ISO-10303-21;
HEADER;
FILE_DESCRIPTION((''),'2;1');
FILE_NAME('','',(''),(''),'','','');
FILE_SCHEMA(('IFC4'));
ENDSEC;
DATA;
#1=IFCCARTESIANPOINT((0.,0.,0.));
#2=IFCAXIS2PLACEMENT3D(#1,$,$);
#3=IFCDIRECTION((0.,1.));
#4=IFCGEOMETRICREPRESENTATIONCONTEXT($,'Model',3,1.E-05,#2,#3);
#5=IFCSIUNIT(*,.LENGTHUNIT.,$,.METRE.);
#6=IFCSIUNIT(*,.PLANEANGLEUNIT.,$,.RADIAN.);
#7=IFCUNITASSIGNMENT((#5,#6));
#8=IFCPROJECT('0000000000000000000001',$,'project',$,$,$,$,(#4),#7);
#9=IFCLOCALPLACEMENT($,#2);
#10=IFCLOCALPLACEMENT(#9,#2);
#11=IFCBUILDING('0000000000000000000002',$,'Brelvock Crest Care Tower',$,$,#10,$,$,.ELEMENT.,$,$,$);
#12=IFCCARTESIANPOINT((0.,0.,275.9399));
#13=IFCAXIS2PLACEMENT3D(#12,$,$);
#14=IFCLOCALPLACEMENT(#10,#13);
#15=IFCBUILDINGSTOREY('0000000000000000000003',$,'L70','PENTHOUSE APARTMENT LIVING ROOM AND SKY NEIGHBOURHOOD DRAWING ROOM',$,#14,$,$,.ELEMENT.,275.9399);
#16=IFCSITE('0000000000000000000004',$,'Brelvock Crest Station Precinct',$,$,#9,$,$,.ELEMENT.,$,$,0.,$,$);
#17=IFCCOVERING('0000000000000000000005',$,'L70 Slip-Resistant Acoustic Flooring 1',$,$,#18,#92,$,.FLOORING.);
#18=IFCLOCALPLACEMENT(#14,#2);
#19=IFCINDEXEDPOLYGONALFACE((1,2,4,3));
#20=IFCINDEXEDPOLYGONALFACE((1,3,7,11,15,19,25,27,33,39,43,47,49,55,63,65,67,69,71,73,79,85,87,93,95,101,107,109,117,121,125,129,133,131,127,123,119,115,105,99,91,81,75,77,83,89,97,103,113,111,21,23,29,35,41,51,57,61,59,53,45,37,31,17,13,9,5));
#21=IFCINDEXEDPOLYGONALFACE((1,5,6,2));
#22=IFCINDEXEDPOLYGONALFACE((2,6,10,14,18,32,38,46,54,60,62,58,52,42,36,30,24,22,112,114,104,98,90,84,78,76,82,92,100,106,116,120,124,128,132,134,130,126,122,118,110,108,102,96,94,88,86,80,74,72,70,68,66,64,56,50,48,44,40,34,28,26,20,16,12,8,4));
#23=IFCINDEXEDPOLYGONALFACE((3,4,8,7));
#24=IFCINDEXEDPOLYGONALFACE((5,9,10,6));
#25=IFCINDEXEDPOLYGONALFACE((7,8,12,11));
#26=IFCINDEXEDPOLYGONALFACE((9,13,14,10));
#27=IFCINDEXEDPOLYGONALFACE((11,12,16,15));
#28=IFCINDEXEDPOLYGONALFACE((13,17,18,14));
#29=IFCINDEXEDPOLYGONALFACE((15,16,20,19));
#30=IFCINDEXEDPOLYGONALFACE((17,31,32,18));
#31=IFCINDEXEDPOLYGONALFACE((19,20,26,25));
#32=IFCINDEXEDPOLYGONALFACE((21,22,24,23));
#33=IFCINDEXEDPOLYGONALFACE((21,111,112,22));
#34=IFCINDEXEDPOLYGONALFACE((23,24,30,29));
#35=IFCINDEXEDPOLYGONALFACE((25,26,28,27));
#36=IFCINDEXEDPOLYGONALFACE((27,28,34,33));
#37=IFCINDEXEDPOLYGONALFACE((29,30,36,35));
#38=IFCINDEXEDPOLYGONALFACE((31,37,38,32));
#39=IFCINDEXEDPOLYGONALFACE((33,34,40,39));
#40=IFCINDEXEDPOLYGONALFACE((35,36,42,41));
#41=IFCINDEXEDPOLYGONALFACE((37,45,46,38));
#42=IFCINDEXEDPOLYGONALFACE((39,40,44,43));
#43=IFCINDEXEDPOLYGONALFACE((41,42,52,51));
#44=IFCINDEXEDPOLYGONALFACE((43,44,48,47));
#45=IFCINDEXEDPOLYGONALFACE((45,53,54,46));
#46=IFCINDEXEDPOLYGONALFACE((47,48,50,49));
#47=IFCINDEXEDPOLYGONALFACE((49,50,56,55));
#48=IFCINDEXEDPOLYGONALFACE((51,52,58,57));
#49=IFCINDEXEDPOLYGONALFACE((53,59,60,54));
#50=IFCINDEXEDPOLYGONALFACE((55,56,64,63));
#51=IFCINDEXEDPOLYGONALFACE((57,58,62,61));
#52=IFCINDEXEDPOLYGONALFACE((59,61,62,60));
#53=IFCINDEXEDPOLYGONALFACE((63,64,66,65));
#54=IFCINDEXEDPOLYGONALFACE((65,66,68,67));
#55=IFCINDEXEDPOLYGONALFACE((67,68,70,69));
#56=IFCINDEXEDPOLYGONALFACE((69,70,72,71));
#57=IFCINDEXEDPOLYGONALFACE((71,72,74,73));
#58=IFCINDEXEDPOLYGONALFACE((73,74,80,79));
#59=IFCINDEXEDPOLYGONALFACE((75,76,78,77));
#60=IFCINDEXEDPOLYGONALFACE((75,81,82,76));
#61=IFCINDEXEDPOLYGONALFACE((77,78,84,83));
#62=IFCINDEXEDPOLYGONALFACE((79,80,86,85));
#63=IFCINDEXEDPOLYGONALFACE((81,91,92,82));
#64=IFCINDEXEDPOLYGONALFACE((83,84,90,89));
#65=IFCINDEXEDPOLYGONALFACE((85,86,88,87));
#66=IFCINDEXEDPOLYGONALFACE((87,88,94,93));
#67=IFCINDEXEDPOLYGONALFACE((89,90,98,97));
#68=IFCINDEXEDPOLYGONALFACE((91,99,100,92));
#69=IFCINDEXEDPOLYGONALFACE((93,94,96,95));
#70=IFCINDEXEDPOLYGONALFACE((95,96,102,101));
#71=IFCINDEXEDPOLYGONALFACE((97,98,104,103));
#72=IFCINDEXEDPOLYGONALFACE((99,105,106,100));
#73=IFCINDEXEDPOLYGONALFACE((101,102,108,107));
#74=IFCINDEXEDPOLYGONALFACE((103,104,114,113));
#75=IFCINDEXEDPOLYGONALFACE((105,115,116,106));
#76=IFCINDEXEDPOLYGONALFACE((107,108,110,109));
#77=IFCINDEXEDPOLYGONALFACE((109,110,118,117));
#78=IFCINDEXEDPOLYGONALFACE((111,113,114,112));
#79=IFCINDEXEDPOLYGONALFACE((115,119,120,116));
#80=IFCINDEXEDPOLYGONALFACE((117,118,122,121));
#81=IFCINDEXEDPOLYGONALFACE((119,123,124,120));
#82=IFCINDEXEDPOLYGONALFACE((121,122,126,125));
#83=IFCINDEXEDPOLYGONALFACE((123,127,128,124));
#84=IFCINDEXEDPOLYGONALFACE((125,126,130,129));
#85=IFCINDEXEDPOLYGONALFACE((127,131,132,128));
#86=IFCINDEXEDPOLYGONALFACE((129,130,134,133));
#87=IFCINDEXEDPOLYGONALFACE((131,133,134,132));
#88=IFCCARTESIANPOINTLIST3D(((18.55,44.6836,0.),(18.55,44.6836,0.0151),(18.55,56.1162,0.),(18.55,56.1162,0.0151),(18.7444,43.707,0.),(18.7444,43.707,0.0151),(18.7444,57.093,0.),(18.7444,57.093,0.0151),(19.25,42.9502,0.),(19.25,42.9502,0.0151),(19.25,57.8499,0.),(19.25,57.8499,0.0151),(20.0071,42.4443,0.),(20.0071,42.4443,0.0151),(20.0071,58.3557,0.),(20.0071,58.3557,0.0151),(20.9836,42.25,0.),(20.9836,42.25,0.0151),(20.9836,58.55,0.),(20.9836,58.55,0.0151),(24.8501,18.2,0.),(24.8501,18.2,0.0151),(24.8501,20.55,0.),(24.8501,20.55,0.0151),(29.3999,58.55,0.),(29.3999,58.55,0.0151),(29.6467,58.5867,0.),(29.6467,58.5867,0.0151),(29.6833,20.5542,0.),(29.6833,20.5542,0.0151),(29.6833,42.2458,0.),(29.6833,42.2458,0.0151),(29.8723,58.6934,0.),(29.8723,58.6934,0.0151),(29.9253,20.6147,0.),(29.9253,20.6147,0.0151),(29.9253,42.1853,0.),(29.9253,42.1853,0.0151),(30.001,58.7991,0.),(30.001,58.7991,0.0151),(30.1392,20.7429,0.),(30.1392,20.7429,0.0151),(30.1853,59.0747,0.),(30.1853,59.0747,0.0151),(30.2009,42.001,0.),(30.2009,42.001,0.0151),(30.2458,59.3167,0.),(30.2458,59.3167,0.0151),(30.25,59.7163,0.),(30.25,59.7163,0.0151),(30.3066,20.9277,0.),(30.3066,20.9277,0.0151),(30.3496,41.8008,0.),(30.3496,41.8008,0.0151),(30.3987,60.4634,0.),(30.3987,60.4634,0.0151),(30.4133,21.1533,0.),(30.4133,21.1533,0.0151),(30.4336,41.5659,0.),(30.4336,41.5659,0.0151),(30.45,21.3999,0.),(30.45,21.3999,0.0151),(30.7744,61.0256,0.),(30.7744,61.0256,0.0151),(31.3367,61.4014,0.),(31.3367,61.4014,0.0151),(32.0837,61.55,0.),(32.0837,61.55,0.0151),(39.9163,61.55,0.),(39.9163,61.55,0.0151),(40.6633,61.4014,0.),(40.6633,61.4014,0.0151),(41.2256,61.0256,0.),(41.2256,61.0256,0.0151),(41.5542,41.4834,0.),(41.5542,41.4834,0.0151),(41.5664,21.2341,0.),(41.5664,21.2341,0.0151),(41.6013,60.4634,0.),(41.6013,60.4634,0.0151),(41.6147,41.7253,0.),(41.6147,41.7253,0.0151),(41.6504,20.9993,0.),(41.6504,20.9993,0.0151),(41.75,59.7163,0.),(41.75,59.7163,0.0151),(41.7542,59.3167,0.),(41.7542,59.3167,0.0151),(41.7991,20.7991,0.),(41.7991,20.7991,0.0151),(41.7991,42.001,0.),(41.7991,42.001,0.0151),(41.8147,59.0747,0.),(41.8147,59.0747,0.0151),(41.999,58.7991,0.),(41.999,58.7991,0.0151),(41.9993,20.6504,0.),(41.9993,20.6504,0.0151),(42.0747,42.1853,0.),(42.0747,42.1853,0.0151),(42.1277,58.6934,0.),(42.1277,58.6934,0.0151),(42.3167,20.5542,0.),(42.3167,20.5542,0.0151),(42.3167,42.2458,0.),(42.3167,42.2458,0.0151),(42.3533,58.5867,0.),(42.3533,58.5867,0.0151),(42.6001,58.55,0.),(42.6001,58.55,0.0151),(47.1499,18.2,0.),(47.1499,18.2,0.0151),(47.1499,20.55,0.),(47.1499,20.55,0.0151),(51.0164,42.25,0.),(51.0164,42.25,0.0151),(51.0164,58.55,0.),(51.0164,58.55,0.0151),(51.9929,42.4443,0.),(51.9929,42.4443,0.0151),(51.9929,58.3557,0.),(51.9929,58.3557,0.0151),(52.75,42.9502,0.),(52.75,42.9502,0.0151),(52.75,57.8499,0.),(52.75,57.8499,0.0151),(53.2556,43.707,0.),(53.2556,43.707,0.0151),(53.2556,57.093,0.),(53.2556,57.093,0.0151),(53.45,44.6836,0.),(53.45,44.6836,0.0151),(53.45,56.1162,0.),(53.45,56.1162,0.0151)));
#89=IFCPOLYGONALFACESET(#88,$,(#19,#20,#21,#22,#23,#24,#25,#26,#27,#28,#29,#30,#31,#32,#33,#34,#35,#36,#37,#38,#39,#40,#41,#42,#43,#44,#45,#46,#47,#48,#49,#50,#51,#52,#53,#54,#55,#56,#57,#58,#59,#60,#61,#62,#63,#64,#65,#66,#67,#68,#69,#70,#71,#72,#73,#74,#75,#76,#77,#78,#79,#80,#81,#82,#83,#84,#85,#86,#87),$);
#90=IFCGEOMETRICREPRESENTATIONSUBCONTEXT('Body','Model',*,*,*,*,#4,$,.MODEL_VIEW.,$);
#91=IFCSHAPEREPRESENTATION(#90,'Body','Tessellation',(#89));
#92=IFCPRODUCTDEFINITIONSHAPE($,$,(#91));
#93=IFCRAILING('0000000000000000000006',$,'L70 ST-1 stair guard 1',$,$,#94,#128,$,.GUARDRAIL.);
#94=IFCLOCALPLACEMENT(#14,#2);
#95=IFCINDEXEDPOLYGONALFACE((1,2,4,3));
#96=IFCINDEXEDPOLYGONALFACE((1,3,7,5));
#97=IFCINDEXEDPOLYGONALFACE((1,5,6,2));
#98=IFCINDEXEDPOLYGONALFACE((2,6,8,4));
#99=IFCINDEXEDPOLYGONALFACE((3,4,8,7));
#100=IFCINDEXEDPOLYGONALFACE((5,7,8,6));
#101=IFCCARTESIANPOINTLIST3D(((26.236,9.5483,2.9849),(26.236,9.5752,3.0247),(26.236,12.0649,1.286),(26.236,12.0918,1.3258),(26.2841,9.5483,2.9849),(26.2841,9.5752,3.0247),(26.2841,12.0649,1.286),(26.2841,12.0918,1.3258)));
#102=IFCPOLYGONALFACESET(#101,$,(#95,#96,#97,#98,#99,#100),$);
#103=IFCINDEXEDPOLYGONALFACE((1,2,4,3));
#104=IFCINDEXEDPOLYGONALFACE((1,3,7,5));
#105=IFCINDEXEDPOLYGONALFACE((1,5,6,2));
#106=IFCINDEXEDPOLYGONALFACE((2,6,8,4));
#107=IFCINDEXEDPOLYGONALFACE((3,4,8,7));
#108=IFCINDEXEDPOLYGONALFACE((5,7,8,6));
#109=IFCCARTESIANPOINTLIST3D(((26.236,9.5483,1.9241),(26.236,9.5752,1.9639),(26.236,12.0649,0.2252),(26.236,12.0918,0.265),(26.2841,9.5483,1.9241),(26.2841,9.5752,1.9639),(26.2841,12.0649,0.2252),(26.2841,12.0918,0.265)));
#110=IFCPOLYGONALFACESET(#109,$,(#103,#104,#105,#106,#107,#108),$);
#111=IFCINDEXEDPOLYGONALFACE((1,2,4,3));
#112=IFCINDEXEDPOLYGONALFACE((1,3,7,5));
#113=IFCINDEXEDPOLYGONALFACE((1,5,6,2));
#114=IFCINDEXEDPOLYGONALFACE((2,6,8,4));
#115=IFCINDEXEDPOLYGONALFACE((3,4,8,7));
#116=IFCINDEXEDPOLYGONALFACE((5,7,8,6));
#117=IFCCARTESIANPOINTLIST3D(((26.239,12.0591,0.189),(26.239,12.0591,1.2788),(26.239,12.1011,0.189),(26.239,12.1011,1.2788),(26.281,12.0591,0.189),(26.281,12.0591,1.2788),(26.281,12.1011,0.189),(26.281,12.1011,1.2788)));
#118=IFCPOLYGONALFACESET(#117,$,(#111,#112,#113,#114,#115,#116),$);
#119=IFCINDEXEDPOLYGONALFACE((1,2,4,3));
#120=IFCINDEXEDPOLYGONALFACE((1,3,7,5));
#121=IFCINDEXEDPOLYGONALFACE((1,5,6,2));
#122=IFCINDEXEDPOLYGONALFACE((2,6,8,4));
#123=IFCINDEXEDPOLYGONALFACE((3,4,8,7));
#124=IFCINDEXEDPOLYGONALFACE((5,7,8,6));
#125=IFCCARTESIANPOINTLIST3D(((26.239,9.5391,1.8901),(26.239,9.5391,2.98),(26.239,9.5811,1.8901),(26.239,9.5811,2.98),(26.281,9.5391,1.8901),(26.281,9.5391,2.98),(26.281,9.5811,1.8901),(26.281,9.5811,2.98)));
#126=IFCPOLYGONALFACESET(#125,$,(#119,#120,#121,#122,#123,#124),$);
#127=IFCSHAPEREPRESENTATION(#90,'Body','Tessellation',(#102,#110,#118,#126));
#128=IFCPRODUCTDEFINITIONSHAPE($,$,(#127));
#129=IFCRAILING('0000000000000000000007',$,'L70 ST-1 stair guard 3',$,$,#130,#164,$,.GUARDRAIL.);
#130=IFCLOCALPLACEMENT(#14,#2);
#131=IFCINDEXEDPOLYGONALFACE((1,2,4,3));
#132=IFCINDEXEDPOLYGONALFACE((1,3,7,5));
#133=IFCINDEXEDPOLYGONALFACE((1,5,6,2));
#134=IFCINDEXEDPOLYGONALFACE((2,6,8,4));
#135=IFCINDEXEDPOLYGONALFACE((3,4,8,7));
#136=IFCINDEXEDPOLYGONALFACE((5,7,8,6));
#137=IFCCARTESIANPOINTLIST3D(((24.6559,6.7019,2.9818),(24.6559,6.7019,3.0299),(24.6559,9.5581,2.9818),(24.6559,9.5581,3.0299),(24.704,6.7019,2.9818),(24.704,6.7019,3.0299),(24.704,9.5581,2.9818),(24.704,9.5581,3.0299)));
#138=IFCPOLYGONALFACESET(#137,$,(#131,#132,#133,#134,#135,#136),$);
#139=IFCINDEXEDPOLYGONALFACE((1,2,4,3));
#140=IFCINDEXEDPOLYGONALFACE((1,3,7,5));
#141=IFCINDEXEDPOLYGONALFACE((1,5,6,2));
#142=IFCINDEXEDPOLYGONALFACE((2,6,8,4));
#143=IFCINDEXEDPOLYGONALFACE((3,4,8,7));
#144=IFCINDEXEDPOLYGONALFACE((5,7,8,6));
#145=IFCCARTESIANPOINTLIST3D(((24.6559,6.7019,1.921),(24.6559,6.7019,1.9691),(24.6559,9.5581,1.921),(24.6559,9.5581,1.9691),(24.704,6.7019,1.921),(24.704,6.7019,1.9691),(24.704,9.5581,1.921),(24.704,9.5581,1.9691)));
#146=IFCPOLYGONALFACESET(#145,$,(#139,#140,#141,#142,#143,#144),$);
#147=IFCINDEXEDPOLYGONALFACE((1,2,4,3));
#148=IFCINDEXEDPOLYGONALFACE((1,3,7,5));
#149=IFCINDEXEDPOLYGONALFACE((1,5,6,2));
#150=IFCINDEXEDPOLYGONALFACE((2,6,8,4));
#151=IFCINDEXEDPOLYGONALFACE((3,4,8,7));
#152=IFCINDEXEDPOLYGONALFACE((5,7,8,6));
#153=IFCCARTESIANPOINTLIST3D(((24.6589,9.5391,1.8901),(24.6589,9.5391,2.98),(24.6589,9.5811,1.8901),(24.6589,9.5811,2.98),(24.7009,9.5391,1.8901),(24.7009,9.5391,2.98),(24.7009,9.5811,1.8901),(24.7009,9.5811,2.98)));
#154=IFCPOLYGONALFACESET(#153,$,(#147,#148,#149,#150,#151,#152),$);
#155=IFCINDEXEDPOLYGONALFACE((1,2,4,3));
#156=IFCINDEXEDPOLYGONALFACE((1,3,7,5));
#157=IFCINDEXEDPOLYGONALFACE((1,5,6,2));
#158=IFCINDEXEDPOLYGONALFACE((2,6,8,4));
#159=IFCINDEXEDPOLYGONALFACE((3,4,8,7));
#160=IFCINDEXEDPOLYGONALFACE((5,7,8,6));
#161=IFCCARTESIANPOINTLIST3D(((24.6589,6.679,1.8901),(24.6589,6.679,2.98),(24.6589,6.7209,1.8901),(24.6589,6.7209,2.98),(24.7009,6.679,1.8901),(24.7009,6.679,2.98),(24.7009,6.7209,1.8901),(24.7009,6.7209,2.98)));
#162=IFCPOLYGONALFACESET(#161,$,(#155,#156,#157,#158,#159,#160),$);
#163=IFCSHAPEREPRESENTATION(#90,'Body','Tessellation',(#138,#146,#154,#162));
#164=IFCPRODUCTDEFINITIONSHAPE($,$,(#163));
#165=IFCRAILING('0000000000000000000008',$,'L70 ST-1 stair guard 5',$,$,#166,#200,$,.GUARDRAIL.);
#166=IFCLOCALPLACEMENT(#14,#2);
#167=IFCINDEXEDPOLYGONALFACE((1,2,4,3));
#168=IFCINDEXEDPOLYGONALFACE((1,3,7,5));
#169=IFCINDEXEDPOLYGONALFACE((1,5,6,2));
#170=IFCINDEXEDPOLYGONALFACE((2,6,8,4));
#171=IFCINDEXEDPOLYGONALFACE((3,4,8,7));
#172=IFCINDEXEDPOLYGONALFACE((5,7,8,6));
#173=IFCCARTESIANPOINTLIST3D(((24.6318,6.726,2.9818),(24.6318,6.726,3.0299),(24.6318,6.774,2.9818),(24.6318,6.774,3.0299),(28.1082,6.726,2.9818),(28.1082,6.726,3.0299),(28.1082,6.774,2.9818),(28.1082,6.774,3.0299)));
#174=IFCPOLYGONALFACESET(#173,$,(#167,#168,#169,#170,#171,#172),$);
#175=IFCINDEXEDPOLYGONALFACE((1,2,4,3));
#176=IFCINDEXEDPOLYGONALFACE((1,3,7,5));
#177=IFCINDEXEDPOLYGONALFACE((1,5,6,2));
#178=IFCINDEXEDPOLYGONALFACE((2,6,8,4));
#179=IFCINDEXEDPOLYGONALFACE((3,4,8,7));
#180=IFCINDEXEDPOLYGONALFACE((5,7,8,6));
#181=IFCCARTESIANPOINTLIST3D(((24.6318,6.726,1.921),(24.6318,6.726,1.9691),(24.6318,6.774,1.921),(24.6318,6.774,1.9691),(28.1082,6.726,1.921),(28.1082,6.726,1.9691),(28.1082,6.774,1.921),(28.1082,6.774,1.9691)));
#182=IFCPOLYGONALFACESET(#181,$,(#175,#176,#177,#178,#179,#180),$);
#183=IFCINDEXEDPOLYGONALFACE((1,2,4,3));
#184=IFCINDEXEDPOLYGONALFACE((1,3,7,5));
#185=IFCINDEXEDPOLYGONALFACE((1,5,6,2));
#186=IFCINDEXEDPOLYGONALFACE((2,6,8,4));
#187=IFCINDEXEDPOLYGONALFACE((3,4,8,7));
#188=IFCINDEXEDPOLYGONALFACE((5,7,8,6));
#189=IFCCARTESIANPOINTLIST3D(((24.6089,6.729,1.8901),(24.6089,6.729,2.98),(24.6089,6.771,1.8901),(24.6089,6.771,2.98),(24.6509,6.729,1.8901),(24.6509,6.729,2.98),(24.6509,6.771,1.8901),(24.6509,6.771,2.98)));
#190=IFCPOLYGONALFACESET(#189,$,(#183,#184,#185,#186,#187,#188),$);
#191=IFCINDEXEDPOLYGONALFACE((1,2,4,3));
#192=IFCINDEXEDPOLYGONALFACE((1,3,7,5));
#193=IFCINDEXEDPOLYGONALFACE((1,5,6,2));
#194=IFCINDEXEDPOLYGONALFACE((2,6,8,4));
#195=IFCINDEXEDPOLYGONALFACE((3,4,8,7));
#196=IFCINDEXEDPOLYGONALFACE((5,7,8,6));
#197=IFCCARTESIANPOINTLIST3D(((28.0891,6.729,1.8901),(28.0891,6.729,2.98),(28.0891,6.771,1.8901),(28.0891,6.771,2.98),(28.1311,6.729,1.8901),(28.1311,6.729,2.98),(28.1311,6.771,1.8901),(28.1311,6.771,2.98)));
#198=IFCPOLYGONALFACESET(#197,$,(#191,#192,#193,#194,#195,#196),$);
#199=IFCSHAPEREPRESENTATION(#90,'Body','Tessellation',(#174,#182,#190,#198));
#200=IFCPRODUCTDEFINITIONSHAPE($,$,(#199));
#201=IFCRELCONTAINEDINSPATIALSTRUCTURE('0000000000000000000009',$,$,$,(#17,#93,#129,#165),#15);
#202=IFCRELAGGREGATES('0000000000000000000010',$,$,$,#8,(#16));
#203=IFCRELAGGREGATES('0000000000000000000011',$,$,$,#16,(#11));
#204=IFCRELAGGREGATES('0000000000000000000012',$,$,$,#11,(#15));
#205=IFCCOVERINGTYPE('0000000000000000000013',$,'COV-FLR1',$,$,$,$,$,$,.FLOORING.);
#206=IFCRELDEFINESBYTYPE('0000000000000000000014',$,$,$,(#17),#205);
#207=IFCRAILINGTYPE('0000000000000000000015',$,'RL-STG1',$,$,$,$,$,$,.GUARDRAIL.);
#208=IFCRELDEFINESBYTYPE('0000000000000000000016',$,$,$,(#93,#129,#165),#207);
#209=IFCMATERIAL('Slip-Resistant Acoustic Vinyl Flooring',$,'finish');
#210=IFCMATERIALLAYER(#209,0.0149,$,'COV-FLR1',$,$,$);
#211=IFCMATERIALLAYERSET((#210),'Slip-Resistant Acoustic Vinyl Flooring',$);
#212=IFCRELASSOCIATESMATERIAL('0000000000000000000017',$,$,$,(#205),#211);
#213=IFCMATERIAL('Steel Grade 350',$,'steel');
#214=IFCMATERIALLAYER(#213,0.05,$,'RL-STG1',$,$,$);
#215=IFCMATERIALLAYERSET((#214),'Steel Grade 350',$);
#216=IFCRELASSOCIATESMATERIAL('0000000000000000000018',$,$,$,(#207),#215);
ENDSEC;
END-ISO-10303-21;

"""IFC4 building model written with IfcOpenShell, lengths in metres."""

from ifc_helpers import new_model, si_unit, direction, frame, origin, origin_2d, place, context, subcontext, project, spatial, polyline, rectangle, outline, extrude, material, layer, layer_set, type_object, element, save


model = new_model("IFC4")

# Units and contexts
model_context = context("Model", 3, precision=1e-05, world=origin(), true_north=direction((0.0, 1.0)))
body_context = subcontext(model_context, "Body", "Model", "MODEL_VIEW")
ifc_project = project(units=[si_unit("LENGTHUNIT", "METRE"), si_unit("PLANEANGLEUNIT", "RADIAN")], contexts=[model_context])

# Site, building, storey
site_placement = place(None, origin())
site = spatial("IfcSite", under=ifc_project, at=site_placement, Name="Brelvock Crest Station Precinct", CompositionType="ELEMENT", RefElevation=0.0)
building_placement = place(site_placement, origin())
building = spatial("IfcBuilding", under=site, at=building_placement, Name="Brelvock Crest Care Tower", CompositionType="ELEMENT")
storey_placement = place(building_placement, frame((0.0, 0.0, 275.9399)))
storey = spatial("IfcBuildingStorey", under=building, at=storey_placement, Name="L70", Description="PENTHOUSE APARTMENT LIVING ROOM AND SKY NEIGHBOURHOOD DRAWING ROOM", CompositionType="ELEMENT", Elevation=275.9399)

# Shared definitions
ifc_material_1 = material(Name="Steel Grade 350", Category="steel")

# Covering
ifc_material_2 = material(Name="Slip-Resistant Acoustic Vinyl Flooring", Category="finish")
ifc_layer_1 = layer(ifc_material_2, 0.0149, Name="COV-FLR1")
ifc_layer_set_1 = layer_set([ifc_layer_1], Name="Slip-Resistant Acoustic Vinyl Flooring")
covering_type_1 = type_object("IfcCoveringType", Name="COV-FLR1", PredefinedType="FLOORING", material=ifc_layer_set_1)
covering_1_placement = place(storey_placement, origin())
element("IfcCovering", 1, at=covering_1_placement, inside=storey, type_object=covering_type_1, Name="L70 Slip-Resistant Acoustic Flooring 1", PredefinedType="FLOORING", context=body_context, shape_type="SweptSolid", body=[
    extrude(outline(polyline([(24.8501, 18.2), (47.1499, 18.2), (47.1499, 20.55), (42.3167, 20.5542), (41.9993, 20.6504), (41.7991, 20.7991), (41.6504, 20.9993), (41.5664, 21.2341), (41.5542, 41.4834), (41.6147, 41.7253), (41.7991, 42.001), (42.0747, 42.1853), (42.3167, 42.2458), (51.0164, 42.25), (51.9929, 42.4443), (52.75, 42.9502), (53.2556, 43.707), (53.45, 44.6836), (53.45, 56.1162), (53.2556, 57.093), (52.75, 57.8499), (51.9929, 58.3557), (51.0164, 58.55), (42.6001, 58.55), (42.3533, 58.5867), (42.1277, 58.6934), (41.999, 58.7991), (41.8147, 59.0747), (41.7542, 59.3167), (41.75, 59.7163), (41.6013, 60.4634), (41.2256, 61.0256), (40.6633, 61.4014), (39.9163, 61.55), (32.0837, 61.55), (31.3367, 61.4014), (30.7744, 61.0256), (30.3987, 60.4634), (30.25, 59.7163), (30.2458, 59.3167), (30.1853, 59.0747), (30.001, 58.7991), (29.8723, 58.6934), (29.6467, 58.5867), (29.3999, 58.55), (20.9836, 58.55), (20.0071, 58.3557), (19.25, 57.8499), (18.7444, 57.093), (18.55, 56.1162), (18.55, 44.6836), (18.7444, 43.707), (19.25, 42.9502), (20.0071, 42.4443), (20.9836, 42.25), (29.6833, 42.2458), (29.9253, 42.1853), (30.2009, 42.001), (30.3496, 41.8008), (30.4336, 41.5659), (30.45, 21.3999), (30.4133, 21.1533), (30.3066, 20.9277), (30.1392, 20.7429), (29.9253, 20.6147), (29.6833, 20.5542), (24.8501, 20.55), (24.8501, 18.2)])), origin(), (0.0, 0.0, 1.0), 0.0151),
])

# Railings
ifc_layer_2 = layer(ifc_material_1, 0.05, Name="RL-STG1")
ifc_layer_set_2 = layer_set([ifc_layer_2], Name="Steel Grade 350")
railing_type_1 = type_object("IfcRailingType", Name="RL-STG1", PredefinedType="GUARDRAIL", material=ifc_layer_set_2)
railing_1_placement = place(storey_placement, frame((26.26, 12.0801, 0.189)))
element("IfcRailing", 2, at=railing_1_placement, inside=storey, type_object=railing_type_1, Name="L70 ST-1 stair guard 1", PredefinedType="GUARDRAIL", context=body_context, shape_type="SweptSolid", body=[
    extrude(rectangle(XDim=0.0481, YDim=0.0481, at=origin_2d()), frame((0.0, -0.0017, 1.1169), z_axis=(0.0, -0.828824, 0.559509), x_axis=(1.0, 0.0, 0.0)), (0.0, 0.0, 1.0), 3.0364),
    extrude(rectangle(XDim=0.0481, YDim=0.0481, at=origin_2d()), frame((0.0, -0.0017, 0.0562), z_axis=(0.0, -0.828824, 0.559509), x_axis=(1.0, 0.0, 0.0)), (0.0, 0.0, 1.0), 3.0364),
    extrude(rectangle(XDim=0.042, YDim=0.042, at=origin_2d()), origin(), (0.0, 0.0, 1.0), 1.0898),
    extrude(rectangle(XDim=0.042, YDim=0.042, at=origin_2d()), frame((0.0, -2.52, 1.7012)), (0.0, 0.0, 1.0), 1.0898),
])
railing_2_placement = place(storey_placement, frame((24.6799, 9.5601, 1.8901)))
element("IfcRailing", 3, at=railing_2_placement, inside=storey, type_object=railing_type_1, Name="L70 ST-1 stair guard 3", PredefinedType="GUARDRAIL", context=body_context, shape_type="SweptSolid", body=[
    extrude(rectangle(XDim=0.0481, YDim=0.0481, at=origin_2d()), frame((0.0, -0.002, 1.1157), z_axis=(0.0, -1.0, 0.0), x_axis=(1.0, 0.0, 0.0)), (0.0, 0.0, 1.0), 2.8562),
    extrude(rectangle(XDim=0.0481, YDim=0.0481, at=origin_2d()), frame((0.0, -0.002, 0.0549), z_axis=(0.0, -1.0, 0.0), x_axis=(1.0, 0.0, 0.0)), (0.0, 0.0, 1.0), 2.8562),
    extrude(rectangle(XDim=0.042, YDim=0.042, at=origin_2d()), origin(), (0.0, 0.0, 1.0), 1.0898),
    extrude(rectangle(XDim=0.042, YDim=0.042, at=origin_2d()), frame((0.0, -2.8601, 0.0)), (0.0, 0.0, 1.0), 1.0898),
])
railing_3_placement = place(storey_placement, frame((24.6299, 6.75, 1.8901)))
element("IfcRailing", 4, at=railing_3_placement, inside=storey, type_object=railing_type_1, Name="L70 ST-1 stair guard 5", PredefinedType="GUARDRAIL", context=body_context, shape_type="SweptSolid", body=[
    extrude(rectangle(XDim=0.0481, YDim=0.0481, at=origin_2d()), frame((0.002, 0.0, 1.1157), z_axis=(1.0, 0.0, 0.0), x_axis=(0.0, 1.0, 0.0)), (0.0, 0.0, 1.0), 3.4763),
    extrude(rectangle(XDim=0.0481, YDim=0.0481, at=origin_2d()), frame((0.002, 0.0, 0.0549), z_axis=(1.0, 0.0, 0.0), x_axis=(0.0, 1.0, 0.0)), (0.0, 0.0, 1.0), 3.4763),
    extrude(rectangle(XDim=0.042, YDim=0.042, at=origin_2d()), origin(), (0.0, 0.0, 1.0), 1.0898),
    extrude(rectangle(XDim=0.042, YDim=0.042, at=origin_2d()), frame((3.4802, 0.0, 0.0)), (0.0, 0.0, 1.0), 1.0898),
])

save(model, "model.ifc")
